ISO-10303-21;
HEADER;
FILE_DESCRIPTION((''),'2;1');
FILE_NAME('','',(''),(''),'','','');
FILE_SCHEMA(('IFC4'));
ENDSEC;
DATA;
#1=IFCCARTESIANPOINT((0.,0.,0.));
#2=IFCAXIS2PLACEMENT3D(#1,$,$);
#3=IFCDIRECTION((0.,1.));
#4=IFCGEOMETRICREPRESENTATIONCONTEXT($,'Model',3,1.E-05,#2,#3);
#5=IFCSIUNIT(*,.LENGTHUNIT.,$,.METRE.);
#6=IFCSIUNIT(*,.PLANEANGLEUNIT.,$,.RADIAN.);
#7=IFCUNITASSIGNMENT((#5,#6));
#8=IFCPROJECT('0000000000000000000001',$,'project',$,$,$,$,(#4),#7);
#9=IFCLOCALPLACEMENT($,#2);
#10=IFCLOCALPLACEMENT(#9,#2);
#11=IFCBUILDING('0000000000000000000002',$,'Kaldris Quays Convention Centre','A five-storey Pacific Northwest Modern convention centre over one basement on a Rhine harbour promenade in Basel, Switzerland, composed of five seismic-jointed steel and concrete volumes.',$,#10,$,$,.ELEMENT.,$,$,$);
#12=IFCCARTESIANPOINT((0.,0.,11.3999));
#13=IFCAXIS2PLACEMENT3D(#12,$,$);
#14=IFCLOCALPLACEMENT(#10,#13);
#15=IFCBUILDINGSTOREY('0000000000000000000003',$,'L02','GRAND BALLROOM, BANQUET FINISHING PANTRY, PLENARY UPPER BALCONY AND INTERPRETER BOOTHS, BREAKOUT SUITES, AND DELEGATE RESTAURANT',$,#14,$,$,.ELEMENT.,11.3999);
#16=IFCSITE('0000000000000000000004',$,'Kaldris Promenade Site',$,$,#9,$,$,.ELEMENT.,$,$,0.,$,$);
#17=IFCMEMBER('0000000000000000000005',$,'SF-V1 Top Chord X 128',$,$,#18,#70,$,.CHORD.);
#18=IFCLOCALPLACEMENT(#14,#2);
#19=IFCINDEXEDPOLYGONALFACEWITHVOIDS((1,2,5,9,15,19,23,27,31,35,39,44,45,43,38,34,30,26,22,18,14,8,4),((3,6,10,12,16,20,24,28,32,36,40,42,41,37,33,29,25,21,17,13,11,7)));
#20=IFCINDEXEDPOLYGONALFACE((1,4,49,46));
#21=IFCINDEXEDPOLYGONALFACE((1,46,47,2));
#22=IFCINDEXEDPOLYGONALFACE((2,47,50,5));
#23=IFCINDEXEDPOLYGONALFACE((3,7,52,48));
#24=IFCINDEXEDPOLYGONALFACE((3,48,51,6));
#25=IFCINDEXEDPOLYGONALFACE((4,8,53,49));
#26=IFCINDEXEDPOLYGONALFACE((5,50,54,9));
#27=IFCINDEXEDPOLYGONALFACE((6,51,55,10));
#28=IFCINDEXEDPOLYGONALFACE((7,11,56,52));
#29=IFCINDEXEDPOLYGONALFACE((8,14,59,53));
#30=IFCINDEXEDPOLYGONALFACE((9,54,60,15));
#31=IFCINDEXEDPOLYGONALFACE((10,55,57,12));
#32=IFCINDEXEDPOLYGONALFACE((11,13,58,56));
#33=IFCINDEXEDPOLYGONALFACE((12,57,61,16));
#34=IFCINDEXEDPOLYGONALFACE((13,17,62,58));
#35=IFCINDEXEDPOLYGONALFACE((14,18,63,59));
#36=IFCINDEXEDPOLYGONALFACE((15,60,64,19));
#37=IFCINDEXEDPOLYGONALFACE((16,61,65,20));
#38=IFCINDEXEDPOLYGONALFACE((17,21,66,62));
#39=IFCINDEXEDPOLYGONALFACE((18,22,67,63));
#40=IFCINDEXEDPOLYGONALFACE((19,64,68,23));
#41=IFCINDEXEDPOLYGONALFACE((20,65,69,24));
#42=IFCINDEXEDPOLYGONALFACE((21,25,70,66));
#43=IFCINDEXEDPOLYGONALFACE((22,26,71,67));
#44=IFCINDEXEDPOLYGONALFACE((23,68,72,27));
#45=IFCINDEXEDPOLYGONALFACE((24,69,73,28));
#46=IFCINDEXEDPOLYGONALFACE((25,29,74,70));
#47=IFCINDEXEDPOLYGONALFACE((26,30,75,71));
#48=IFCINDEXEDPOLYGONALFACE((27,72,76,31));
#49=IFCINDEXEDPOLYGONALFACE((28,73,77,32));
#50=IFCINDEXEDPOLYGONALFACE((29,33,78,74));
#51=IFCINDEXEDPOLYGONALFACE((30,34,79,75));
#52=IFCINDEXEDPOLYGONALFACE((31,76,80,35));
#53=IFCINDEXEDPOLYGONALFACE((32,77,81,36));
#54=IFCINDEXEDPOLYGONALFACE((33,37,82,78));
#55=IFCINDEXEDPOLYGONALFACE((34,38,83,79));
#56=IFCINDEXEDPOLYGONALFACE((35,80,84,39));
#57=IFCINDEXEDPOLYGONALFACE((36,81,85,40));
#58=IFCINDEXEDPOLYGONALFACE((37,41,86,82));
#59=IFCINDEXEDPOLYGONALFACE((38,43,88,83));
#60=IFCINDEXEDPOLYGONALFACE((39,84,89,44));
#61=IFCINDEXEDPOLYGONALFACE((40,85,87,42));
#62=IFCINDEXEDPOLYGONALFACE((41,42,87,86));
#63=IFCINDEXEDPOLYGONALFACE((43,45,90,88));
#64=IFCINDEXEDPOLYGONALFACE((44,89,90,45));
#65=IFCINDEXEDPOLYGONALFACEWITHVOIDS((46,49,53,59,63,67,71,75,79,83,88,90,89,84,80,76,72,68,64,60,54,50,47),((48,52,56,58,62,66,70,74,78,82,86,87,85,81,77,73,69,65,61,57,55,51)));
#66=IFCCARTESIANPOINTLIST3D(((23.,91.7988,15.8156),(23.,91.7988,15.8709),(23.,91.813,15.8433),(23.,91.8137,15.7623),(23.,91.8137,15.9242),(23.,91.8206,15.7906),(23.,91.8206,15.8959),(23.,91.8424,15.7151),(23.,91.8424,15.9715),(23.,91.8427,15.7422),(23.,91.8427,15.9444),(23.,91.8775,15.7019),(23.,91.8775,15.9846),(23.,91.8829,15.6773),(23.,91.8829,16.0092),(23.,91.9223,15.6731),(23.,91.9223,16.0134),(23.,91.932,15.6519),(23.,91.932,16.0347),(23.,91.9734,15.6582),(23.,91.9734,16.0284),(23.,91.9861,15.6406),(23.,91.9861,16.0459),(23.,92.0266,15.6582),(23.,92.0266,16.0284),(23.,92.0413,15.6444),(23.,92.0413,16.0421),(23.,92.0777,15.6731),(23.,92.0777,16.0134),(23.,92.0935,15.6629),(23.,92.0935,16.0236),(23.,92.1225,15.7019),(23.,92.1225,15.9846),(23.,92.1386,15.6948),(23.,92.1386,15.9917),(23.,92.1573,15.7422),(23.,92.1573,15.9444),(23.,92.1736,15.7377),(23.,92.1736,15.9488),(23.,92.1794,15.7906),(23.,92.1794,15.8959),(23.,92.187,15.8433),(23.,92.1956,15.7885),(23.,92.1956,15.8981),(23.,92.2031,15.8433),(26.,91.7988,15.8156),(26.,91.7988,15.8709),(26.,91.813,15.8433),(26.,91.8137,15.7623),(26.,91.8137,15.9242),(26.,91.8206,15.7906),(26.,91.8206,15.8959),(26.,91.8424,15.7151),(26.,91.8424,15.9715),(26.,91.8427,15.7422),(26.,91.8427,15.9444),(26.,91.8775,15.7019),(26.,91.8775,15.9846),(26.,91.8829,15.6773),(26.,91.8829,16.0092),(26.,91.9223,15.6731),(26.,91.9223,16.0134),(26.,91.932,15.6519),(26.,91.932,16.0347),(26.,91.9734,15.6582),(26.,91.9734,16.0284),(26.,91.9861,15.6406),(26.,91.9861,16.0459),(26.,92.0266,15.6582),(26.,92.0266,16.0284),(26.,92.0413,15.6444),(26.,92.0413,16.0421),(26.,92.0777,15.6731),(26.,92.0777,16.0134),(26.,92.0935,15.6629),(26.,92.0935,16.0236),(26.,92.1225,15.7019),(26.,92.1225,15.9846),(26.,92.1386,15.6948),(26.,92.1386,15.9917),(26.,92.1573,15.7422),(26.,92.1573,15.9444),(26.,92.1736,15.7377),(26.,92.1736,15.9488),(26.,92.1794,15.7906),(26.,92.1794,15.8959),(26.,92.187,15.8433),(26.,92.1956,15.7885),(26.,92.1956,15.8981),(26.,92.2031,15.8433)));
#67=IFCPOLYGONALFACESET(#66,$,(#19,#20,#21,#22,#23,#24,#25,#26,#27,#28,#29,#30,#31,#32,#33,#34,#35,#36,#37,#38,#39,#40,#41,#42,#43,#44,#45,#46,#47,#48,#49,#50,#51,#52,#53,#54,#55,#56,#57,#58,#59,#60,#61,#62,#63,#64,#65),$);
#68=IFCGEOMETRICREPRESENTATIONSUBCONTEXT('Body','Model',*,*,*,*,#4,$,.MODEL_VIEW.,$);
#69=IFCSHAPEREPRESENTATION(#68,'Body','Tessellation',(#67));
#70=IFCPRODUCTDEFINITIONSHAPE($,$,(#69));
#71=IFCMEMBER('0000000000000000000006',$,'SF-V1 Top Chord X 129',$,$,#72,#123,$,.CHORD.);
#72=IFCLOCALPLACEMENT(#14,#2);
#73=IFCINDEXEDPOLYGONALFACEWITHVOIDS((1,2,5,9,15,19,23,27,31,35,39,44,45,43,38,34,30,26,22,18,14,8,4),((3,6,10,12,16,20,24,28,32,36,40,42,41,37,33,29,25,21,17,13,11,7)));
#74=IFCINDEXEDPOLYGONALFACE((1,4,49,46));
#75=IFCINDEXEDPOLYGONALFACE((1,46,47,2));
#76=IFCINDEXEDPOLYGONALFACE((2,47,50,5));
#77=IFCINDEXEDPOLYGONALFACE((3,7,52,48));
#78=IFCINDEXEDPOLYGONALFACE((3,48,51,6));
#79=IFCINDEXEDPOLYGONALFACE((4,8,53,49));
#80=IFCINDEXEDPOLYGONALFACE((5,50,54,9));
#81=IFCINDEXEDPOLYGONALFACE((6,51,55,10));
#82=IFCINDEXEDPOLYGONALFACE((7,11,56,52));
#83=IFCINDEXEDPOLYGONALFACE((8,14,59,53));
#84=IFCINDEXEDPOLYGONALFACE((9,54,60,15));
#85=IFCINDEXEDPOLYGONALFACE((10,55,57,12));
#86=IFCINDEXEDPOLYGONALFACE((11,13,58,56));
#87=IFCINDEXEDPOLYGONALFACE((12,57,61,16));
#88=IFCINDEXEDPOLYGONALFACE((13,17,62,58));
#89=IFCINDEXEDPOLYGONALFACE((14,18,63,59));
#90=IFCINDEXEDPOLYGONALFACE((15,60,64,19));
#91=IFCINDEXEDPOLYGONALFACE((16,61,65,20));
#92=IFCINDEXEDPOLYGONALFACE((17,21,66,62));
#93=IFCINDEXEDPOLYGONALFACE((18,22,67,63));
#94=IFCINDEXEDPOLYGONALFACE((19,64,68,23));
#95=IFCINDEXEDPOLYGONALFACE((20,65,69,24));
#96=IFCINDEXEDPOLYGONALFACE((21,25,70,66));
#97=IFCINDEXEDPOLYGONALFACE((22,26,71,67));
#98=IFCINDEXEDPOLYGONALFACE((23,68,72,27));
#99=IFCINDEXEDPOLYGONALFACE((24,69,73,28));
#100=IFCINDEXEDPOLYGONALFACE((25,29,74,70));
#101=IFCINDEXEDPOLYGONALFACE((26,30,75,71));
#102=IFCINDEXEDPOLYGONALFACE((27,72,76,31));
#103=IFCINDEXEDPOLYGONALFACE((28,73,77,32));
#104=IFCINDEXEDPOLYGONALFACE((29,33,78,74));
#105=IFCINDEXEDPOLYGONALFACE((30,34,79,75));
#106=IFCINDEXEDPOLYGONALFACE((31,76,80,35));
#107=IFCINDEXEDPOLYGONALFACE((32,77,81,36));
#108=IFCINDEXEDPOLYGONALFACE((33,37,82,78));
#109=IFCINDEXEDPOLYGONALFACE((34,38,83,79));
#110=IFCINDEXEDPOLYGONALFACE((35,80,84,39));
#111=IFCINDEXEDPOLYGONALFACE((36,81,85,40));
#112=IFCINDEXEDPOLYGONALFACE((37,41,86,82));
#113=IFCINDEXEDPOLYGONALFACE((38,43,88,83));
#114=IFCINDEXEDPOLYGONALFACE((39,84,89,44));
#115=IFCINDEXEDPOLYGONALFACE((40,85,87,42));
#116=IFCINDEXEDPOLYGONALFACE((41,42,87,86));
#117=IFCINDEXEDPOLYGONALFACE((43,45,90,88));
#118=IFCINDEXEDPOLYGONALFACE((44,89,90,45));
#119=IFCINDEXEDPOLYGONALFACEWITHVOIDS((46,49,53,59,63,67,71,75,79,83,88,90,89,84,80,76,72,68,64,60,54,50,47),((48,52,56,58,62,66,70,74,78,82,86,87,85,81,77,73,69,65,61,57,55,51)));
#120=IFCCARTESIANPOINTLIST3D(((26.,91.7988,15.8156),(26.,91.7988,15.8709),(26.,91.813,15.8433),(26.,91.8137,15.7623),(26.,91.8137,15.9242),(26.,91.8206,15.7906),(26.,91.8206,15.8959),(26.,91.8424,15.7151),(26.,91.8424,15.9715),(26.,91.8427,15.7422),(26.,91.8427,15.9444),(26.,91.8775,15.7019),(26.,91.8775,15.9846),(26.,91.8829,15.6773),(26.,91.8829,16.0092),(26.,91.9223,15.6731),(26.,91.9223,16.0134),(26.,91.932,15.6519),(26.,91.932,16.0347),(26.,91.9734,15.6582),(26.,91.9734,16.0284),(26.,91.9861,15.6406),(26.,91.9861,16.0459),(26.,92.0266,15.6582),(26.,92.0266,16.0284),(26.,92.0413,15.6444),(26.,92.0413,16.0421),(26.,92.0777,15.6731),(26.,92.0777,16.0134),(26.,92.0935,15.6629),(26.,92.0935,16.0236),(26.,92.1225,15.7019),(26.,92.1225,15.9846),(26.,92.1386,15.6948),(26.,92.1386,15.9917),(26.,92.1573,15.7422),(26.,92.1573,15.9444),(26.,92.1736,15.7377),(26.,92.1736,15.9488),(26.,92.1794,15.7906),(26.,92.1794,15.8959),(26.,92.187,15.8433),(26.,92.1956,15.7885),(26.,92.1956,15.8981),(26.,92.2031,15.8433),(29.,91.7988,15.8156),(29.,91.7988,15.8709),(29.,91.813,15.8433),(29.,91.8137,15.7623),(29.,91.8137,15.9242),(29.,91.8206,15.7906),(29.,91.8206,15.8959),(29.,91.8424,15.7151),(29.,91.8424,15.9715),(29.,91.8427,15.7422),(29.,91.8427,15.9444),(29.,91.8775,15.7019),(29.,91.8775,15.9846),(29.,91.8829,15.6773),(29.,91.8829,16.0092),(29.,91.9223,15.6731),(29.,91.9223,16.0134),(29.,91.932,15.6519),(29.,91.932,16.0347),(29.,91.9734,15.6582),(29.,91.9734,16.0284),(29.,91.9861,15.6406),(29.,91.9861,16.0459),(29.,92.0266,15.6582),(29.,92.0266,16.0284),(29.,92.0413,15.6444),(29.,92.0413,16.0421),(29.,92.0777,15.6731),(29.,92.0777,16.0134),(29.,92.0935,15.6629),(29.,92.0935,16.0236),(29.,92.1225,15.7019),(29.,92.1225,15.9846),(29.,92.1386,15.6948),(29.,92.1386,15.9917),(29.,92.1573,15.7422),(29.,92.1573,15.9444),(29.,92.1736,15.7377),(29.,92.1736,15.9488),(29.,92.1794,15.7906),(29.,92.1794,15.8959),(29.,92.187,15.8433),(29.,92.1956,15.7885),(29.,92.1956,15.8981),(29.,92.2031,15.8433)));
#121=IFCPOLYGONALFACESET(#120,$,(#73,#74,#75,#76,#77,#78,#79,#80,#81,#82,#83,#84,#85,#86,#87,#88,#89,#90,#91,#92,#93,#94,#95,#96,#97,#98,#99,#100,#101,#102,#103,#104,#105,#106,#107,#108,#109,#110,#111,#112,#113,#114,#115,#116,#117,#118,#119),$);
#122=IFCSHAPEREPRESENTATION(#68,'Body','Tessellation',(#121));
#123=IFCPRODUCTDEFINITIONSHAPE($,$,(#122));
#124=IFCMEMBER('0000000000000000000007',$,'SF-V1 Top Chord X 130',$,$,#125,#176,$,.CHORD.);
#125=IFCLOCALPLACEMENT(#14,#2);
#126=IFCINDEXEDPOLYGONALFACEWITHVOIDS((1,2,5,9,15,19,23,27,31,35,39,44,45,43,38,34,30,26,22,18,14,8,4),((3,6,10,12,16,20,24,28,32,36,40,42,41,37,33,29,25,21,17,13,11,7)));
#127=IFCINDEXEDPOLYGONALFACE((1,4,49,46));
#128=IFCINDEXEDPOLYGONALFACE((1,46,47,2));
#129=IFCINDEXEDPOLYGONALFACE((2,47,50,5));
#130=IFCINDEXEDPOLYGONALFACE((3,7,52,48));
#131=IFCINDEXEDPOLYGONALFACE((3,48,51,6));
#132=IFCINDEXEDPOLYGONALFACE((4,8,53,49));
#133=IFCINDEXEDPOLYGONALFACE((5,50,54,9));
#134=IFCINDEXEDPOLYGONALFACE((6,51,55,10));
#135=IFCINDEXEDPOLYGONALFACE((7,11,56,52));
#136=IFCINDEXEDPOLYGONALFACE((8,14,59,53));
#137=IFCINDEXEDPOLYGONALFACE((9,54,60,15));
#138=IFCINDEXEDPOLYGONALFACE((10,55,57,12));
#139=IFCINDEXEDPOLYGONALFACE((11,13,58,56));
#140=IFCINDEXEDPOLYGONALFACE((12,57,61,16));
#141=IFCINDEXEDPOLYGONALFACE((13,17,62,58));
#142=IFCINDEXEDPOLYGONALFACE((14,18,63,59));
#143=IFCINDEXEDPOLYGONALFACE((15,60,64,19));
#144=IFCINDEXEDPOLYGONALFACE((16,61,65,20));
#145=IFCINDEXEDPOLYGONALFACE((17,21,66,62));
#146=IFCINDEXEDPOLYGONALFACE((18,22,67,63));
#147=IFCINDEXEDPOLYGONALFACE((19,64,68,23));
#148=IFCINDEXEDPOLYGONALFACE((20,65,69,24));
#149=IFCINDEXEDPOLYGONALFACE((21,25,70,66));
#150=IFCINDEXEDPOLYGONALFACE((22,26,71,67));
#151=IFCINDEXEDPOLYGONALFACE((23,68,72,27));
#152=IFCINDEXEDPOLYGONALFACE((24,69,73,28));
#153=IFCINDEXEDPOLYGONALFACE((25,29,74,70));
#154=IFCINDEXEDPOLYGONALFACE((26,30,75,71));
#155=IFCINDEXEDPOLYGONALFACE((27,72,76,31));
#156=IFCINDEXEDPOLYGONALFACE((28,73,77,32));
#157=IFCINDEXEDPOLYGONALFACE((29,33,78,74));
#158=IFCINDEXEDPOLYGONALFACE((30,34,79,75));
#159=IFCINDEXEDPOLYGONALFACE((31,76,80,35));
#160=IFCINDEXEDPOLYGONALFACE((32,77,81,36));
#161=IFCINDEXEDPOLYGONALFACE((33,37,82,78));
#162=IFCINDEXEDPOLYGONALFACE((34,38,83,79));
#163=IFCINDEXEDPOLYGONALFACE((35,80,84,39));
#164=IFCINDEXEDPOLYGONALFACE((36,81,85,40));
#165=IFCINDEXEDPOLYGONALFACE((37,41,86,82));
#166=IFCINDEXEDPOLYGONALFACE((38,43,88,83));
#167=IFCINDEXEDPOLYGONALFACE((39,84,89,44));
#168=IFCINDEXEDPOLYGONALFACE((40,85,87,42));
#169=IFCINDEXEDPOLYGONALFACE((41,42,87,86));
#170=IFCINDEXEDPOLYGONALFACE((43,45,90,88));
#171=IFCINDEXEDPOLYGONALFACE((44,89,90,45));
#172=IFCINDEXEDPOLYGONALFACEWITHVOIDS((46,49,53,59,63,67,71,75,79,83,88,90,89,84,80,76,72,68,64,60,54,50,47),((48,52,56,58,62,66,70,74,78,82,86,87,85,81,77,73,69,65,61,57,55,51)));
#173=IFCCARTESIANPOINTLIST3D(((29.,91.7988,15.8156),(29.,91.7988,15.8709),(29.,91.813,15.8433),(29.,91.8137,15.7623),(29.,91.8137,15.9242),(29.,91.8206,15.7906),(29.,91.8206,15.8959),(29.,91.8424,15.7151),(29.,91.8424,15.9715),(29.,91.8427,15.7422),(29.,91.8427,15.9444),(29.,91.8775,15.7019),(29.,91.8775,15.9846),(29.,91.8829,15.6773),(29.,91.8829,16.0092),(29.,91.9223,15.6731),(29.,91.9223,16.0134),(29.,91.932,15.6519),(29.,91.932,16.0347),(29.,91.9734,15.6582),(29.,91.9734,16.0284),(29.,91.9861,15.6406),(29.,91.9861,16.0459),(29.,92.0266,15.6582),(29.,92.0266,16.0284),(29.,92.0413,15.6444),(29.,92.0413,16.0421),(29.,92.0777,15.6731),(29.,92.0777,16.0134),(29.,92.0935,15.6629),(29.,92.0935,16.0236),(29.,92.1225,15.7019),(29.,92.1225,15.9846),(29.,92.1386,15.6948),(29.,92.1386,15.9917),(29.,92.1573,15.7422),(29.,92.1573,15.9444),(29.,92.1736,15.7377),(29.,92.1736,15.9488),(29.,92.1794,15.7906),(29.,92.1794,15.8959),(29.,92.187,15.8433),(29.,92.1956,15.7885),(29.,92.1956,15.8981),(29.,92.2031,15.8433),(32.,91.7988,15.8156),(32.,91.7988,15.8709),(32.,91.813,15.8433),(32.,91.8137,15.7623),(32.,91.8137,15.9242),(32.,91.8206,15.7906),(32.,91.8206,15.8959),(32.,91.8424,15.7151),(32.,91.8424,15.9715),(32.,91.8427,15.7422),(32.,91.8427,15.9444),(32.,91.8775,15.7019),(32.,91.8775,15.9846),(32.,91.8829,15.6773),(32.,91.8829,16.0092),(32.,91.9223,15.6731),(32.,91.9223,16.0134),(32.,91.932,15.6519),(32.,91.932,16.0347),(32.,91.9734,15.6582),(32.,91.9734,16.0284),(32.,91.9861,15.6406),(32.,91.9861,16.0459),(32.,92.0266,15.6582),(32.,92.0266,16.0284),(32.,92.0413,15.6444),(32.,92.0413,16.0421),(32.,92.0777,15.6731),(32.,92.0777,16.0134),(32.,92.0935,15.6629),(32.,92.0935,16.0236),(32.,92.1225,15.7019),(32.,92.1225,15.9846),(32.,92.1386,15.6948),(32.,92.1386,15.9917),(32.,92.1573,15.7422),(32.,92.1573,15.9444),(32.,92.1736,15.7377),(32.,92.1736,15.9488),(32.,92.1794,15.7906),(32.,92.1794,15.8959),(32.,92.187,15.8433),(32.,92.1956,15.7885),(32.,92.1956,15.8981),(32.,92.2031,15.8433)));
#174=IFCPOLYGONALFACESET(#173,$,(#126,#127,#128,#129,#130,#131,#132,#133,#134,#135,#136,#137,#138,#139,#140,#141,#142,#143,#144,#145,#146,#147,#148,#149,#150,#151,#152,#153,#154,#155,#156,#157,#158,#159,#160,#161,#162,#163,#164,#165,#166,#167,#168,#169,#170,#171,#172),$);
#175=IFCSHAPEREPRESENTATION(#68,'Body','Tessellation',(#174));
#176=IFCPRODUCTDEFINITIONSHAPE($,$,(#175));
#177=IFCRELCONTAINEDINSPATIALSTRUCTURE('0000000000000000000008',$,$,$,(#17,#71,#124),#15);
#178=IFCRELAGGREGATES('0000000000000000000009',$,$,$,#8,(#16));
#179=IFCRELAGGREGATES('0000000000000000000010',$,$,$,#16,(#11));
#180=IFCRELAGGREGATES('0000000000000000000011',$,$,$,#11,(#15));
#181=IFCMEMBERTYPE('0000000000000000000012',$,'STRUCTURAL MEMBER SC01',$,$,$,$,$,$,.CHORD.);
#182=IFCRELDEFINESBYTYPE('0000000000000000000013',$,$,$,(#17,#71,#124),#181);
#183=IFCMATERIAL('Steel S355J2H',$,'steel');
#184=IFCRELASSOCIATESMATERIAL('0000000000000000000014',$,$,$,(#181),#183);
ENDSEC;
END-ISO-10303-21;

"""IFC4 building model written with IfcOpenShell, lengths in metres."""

from ifc_helpers import new_model, si_unit, direction, frame, origin, origin_2d, place, context, subcontext, project, spatial, hollow_circle, extrude, material, material_profile, profile_set, type_object, element, save


model = new_model("IFC4")

# Units and contexts
model_context = context("Model", 3, precision=1e-05, world=origin(), true_north=direction((0.0, 1.0)))
body_context = subcontext(model_context, "Body", "Model", "MODEL_VIEW")
ifc_project = project(units=[si_unit("LENGTHUNIT", "METRE"), si_unit("PLANEANGLEUNIT", "RADIAN")], contexts=[model_context])

# Site, building, storey
site_placement = place(None, origin())
site = spatial("IfcSite", under=ifc_project, at=site_placement, Name="Kaldris Promenade Site", CompositionType="ELEMENT", RefElevation=0.0)
building_placement = place(site_placement, origin())
building = spatial("IfcBuilding", under=site, at=building_placement, Name="Kaldris Quays Convention Centre", Description="A five-storey Pacific Northwest Modern convention centre over one basement on a Rhine harbour promenade in Basel, Switzerland, composed of five seismic-jointed steel and concrete volumes.", CompositionType="ELEMENT")
storey_placement = place(building_placement, frame((0.0, 0.0, 11.3999)))
storey = spatial("IfcBuildingStorey", under=building, at=storey_placement, Name="L02", Description="GRAND BALLROOM, BANQUET FINISHING PANTRY, PLENARY UPPER BALCONY AND INTERPRETER BOOTHS, BREAKOUT SUITES, AND DELEGATE RESTAURANT", CompositionType="ELEMENT", Elevation=11.3999)

# Members
ifc_material_1 = material(Name="Steel S355J2H", Category="steel")
ifc_material_profile_1 = material_profile(ifc_material_1, hollow_circle(Radius=0.2031, WallThickness=0.0161, at=origin_2d()), Name="CHS 406.4x16")
ifc_profile_set_1 = profile_set([ifc_material_profile_1], Name="Steel S355J2H")
member_type_1 = type_object("IfcMemberType", Name="STRUCTURAL MEMBER SC01", PredefinedType="CHORD", material=ifc_profile_set_1)
for number, where, z_axis, x_axis, name in (
    (1, (23.0, 92.0, 15.8433), (1.0, 0.0, 0.0), (0.0, 1.0, 0.0), "SF-V1 Top Chord X 128"),
    (2, (26.0, 92.0, 15.8433), (1.0, 0.0, 0.0), (0.0, 1.0, 0.0), "SF-V1 Top Chord X 129"),
    (3, (29.0, 92.0, 15.8433), (1.0, 0.0, 0.0), (0.0, 1.0, 0.0), "SF-V1 Top Chord X 130"),
):
    element("IfcMember", number, at=place(storey_placement, frame(where, z_axis=z_axis, x_axis=x_axis)), inside=storey, type_object=member_type_1, Name=name, PredefinedType="CHORD", context=body_context, shape_type="SweptSolid", body=[
        extrude(hollow_circle(Radius=0.2031, WallThickness=0.0161, at=origin_2d()), origin(), (0.0, 0.0, 1.0), 3.0),
    ])

save(model, "model.ifc")
